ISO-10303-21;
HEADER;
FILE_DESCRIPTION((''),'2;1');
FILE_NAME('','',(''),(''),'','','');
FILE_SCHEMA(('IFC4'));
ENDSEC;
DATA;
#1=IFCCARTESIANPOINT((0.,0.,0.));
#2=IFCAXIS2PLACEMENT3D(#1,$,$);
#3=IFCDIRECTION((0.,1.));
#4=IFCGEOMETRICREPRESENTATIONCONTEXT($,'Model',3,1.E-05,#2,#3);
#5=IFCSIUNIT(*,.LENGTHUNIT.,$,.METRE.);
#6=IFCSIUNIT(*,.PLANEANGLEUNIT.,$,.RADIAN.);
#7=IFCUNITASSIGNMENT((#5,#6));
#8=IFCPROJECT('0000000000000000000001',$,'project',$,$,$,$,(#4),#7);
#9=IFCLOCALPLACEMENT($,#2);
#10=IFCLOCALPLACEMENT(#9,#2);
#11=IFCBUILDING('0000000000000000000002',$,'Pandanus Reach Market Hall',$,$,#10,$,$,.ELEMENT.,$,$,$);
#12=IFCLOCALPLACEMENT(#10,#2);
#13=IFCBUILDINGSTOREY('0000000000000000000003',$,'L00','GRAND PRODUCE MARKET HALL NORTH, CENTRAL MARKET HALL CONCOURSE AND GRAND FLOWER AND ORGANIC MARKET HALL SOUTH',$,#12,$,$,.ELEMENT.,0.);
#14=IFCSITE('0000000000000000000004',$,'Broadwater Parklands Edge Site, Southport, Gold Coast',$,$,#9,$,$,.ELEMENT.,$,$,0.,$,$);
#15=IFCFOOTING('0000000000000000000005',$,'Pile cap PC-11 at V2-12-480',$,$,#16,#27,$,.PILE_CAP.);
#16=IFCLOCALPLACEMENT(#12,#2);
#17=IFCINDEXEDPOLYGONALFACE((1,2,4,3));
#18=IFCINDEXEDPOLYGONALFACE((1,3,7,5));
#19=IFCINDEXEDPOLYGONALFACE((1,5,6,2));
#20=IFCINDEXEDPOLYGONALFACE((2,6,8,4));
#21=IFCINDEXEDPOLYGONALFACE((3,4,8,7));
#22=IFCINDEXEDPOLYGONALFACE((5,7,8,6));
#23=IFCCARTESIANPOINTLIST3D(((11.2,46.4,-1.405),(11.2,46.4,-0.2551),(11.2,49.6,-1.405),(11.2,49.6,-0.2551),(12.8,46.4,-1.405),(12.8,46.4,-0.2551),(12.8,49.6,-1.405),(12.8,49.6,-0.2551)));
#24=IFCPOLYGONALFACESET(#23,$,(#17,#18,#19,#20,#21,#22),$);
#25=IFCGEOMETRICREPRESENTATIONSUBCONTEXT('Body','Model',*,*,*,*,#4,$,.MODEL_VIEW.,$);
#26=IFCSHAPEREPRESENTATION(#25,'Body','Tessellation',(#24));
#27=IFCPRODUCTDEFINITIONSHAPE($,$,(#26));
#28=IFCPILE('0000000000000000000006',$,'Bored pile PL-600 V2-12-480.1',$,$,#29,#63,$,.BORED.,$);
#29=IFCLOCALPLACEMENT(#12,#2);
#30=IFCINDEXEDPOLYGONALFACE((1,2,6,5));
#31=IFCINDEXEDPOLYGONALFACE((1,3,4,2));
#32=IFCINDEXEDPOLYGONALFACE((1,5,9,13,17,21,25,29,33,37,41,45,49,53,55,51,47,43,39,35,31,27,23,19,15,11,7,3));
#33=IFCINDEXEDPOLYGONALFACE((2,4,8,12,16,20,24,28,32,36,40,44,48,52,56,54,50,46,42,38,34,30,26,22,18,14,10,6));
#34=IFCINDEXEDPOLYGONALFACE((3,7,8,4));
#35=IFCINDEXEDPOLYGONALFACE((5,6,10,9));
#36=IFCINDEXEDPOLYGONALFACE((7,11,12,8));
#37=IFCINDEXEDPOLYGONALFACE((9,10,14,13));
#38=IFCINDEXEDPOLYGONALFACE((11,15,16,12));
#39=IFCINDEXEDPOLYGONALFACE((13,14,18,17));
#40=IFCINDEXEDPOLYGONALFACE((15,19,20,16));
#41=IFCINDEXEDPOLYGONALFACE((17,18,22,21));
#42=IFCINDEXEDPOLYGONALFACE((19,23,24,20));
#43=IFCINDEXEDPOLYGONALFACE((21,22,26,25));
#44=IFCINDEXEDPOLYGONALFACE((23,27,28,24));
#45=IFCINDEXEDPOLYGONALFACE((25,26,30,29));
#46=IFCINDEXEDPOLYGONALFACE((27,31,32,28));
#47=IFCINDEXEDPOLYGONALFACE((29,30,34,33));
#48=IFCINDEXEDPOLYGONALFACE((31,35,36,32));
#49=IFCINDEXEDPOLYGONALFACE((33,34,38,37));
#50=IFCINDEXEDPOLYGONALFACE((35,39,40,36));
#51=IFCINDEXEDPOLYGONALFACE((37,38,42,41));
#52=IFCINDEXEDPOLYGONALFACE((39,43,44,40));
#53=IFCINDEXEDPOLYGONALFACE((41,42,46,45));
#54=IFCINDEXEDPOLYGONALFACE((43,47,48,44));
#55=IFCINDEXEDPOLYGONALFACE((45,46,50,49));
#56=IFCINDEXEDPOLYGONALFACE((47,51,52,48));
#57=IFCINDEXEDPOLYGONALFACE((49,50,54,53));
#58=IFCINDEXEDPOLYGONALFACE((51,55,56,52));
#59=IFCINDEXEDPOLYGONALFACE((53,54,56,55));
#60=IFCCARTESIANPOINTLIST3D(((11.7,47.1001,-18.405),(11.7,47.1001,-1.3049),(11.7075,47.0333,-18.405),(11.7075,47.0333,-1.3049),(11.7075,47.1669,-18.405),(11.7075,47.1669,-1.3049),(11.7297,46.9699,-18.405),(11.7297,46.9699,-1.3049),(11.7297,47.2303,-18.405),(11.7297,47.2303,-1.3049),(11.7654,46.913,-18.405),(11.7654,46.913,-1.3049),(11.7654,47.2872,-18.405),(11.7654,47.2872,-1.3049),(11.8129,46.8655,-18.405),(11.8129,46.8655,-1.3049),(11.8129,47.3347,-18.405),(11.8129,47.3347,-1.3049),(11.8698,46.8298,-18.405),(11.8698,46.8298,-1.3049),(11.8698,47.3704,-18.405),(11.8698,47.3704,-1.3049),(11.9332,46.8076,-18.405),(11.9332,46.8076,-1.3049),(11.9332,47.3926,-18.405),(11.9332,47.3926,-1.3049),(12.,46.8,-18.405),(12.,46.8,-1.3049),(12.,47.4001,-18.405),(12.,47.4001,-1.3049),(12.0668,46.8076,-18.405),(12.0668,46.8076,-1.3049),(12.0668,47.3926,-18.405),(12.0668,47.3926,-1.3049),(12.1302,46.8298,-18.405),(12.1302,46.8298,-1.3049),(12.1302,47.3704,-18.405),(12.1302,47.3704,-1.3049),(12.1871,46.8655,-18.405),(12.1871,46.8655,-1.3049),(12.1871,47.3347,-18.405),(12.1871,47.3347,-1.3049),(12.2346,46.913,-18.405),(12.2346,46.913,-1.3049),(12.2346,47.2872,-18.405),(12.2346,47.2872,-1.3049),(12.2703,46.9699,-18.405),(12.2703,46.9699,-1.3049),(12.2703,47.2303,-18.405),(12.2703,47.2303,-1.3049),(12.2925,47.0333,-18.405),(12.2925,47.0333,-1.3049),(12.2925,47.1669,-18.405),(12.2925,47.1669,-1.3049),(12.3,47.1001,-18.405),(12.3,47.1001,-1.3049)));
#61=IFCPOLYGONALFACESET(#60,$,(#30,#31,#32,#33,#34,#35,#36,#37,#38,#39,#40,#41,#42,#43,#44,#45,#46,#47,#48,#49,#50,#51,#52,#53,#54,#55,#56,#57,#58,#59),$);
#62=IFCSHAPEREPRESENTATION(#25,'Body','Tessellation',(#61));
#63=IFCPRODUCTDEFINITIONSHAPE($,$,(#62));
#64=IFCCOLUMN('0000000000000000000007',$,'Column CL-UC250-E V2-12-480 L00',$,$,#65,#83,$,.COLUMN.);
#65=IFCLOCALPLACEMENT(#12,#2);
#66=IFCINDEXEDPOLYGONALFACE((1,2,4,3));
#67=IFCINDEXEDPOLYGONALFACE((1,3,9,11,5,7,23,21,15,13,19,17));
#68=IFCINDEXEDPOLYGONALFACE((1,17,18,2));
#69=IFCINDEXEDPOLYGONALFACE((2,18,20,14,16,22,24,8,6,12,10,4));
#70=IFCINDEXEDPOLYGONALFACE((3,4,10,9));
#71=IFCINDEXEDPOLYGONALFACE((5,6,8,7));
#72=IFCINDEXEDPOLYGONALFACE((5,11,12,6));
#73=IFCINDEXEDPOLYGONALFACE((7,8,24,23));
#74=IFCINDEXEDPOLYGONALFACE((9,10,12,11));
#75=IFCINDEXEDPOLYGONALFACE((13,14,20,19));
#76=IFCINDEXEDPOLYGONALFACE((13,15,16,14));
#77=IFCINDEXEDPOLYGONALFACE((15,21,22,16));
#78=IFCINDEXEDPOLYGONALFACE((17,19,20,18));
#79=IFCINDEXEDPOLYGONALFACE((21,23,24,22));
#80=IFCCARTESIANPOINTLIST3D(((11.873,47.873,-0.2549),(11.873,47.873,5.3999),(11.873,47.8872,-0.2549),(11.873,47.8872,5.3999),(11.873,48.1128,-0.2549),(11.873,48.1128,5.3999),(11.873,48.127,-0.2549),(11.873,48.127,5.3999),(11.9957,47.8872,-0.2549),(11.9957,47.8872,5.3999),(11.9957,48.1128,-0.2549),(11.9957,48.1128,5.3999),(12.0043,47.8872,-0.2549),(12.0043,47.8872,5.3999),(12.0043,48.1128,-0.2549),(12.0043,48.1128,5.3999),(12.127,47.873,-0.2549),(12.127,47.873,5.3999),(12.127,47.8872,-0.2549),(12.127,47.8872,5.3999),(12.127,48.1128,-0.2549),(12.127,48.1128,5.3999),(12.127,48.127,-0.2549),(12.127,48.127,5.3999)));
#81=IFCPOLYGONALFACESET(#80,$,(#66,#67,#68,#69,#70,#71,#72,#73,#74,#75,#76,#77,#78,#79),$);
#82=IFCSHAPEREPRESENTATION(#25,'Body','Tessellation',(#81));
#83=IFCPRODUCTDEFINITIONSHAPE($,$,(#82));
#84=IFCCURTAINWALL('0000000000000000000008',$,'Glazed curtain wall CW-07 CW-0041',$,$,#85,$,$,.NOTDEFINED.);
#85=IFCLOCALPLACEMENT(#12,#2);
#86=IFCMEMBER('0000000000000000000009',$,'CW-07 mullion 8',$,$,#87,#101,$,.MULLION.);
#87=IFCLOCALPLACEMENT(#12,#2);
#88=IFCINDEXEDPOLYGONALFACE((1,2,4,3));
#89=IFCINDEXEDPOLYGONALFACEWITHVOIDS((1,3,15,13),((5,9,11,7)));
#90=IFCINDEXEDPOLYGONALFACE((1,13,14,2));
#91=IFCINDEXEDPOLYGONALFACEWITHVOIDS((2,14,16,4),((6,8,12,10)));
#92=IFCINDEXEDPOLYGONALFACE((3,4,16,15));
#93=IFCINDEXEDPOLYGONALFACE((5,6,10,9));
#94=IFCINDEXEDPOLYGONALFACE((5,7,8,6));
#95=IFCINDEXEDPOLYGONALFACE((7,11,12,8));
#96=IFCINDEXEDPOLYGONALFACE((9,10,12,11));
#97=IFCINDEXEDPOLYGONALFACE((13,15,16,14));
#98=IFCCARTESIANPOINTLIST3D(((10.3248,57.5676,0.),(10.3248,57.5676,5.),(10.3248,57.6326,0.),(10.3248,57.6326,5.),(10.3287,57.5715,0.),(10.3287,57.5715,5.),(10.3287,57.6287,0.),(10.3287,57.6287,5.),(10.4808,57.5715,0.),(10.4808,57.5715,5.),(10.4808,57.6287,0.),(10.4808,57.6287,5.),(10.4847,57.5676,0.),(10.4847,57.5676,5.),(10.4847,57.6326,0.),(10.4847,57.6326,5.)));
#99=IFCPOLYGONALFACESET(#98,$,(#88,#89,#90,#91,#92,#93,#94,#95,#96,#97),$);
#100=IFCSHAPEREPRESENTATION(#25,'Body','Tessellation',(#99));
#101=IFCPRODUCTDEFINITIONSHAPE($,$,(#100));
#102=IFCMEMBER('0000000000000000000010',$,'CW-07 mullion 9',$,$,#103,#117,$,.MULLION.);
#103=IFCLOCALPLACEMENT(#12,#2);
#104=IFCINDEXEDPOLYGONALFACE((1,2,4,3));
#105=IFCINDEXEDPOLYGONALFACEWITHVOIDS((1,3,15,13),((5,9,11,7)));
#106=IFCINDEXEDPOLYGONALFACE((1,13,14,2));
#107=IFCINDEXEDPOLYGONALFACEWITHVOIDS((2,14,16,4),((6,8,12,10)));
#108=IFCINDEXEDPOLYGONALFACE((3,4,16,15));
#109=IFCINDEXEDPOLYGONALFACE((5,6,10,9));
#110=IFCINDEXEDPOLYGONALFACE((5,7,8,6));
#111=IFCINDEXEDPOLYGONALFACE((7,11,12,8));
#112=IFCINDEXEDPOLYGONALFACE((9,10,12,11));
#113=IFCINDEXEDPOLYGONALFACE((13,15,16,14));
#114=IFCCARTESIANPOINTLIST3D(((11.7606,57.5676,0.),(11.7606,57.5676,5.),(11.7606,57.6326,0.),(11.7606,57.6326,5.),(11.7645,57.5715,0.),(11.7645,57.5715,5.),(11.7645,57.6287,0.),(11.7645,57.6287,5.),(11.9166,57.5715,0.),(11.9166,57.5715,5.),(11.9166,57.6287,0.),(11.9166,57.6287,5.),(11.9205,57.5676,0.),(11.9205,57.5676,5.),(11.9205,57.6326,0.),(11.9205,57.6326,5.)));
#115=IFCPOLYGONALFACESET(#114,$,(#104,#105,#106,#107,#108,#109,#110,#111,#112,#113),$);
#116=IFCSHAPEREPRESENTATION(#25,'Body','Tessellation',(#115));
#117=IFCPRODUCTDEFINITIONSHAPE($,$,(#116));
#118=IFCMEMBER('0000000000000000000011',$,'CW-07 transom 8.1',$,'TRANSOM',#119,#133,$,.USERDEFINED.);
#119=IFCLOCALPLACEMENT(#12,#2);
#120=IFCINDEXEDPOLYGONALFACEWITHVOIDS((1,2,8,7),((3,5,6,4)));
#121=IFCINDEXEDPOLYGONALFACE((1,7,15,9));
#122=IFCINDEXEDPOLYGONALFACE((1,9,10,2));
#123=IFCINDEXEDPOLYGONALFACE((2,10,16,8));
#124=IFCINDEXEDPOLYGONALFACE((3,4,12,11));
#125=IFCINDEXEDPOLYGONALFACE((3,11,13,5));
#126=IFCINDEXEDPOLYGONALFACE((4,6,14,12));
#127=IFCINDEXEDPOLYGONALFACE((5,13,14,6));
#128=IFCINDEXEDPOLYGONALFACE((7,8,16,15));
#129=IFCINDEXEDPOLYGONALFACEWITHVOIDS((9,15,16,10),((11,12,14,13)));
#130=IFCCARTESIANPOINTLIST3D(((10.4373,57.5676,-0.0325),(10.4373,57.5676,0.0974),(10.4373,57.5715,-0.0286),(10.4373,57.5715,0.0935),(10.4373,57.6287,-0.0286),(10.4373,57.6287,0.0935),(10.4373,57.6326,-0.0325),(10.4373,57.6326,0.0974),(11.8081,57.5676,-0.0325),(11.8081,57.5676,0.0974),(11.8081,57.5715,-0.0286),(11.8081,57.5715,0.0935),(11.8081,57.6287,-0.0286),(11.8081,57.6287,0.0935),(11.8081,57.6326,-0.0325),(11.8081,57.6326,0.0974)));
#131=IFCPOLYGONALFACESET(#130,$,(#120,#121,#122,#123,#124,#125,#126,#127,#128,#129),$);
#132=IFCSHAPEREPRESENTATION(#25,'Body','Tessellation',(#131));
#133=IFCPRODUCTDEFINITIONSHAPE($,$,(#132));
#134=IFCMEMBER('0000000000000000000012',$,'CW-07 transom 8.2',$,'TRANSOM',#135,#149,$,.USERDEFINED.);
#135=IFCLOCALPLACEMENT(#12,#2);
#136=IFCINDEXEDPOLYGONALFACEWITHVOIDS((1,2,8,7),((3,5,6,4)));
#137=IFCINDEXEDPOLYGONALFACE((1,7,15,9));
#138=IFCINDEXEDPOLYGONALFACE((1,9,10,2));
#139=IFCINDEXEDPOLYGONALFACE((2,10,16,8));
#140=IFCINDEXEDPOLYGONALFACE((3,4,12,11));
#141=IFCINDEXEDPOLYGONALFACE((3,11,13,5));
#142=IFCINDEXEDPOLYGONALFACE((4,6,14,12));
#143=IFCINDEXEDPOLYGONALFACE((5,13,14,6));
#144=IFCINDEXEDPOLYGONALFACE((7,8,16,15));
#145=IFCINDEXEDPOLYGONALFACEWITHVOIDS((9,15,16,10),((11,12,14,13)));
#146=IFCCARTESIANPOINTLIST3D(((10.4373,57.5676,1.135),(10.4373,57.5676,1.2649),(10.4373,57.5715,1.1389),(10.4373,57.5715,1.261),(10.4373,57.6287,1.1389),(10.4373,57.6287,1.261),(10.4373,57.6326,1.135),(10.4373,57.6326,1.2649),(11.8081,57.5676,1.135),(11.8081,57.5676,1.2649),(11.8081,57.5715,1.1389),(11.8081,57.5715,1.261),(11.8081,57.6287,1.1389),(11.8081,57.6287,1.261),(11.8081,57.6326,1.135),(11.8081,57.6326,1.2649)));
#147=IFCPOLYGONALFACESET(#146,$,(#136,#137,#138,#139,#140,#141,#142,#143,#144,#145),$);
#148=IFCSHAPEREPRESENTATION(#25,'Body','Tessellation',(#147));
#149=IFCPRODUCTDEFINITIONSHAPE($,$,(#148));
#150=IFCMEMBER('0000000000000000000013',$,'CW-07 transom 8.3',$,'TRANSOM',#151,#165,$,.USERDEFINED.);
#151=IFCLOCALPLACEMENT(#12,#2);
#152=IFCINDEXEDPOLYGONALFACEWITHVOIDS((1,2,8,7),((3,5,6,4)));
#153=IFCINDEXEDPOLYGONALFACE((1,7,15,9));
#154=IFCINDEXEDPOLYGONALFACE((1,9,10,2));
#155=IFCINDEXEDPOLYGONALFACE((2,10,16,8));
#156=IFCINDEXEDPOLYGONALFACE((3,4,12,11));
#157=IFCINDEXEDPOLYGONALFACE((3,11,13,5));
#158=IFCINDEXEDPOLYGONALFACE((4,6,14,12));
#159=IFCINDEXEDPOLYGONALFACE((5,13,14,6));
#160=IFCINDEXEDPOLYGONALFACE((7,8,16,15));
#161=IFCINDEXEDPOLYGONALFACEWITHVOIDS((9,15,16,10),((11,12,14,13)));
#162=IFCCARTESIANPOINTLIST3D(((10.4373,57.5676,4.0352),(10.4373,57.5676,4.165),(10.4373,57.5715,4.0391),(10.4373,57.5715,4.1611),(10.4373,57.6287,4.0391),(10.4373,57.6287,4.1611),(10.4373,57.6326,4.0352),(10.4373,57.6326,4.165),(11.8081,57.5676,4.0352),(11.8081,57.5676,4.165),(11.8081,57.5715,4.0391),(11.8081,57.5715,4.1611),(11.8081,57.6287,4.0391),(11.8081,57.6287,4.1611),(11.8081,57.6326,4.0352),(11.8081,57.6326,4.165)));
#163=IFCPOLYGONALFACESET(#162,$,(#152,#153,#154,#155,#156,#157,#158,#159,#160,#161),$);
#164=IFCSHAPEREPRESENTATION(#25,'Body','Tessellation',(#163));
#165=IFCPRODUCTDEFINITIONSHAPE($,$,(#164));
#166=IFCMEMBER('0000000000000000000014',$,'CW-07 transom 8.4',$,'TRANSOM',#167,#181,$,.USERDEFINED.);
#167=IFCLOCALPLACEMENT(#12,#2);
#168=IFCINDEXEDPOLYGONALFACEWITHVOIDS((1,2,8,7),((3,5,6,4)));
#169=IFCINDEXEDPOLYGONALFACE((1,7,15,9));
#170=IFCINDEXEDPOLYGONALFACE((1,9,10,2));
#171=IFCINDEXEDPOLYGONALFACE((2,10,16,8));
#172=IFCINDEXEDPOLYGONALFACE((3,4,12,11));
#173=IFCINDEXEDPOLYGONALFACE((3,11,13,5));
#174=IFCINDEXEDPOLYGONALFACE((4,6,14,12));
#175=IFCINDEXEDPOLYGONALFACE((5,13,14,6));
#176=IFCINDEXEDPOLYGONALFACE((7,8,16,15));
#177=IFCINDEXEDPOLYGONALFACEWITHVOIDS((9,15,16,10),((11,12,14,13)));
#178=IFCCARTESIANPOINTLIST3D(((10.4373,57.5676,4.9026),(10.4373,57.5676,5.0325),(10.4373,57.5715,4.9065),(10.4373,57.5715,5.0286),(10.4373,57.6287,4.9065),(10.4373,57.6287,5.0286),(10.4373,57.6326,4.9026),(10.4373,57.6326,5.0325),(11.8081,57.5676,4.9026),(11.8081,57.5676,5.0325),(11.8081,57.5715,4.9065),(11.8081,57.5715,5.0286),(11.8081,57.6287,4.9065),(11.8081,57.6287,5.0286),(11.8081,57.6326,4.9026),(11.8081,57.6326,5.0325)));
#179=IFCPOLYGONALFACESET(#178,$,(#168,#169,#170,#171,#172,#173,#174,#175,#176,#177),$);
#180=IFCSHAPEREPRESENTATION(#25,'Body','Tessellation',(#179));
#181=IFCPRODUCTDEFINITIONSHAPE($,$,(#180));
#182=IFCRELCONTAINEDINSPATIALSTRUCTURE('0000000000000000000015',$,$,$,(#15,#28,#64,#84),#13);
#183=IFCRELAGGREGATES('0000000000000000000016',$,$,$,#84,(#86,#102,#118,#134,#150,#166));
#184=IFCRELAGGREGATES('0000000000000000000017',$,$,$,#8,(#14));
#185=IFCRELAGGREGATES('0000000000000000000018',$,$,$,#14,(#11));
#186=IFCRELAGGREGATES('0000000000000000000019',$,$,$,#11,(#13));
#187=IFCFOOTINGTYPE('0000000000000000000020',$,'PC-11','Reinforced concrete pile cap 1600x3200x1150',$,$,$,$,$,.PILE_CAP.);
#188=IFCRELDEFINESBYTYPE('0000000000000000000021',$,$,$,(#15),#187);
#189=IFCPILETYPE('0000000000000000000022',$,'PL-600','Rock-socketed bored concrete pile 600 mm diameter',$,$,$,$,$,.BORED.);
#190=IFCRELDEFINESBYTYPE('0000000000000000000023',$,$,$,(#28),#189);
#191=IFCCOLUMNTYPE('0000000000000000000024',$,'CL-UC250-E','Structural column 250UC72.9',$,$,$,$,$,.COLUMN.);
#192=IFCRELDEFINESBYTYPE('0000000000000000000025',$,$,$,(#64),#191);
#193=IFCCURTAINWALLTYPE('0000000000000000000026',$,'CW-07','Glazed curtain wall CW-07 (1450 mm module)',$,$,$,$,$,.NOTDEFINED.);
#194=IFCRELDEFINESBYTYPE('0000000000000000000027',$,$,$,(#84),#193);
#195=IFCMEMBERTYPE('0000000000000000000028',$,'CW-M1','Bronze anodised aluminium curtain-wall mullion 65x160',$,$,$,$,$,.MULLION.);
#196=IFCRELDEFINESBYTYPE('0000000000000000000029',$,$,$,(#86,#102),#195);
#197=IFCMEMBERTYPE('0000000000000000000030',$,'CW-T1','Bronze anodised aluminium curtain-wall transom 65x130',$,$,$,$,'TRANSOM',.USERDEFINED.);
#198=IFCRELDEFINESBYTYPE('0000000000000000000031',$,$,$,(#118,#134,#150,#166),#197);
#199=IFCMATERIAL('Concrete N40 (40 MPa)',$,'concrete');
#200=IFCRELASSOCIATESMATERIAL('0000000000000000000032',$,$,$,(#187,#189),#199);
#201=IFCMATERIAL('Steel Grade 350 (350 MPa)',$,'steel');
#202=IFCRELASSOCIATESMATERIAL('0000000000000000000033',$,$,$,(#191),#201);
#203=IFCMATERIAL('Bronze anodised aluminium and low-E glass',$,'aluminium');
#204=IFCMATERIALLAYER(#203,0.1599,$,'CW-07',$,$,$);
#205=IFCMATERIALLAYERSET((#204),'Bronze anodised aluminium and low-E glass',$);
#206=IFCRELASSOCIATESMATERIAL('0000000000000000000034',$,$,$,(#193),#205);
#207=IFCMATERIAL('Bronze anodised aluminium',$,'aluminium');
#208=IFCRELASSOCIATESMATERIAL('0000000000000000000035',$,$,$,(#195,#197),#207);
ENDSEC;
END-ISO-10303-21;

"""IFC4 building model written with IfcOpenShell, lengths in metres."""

from ifc_helpers import new_model, si_unit, direction, frame, origin, origin_2d, place, context, subcontext, project, spatial, rectangle, hollow_rectangle, circle, i_section, extrude, material, layer, layer_set, material_profile, profile_set, type_object, element, aggregate, save


model = new_model("IFC4")

# Units and contexts
model_context = context("Model", 3, precision=1e-05, world=origin(), true_north=direction((0.0, 1.0)))
body_context = subcontext(model_context, "Body", "Model", "MODEL_VIEW")
ifc_project = project(units=[si_unit("LENGTHUNIT", "METRE"), si_unit("PLANEANGLEUNIT", "RADIAN")], contexts=[model_context])

# Site, building, storey
site_placement = place(None, origin())
site = spatial("IfcSite", under=ifc_project, at=site_placement, Name="Broadwater Parklands Edge Site, Southport, Gold Coast", CompositionType="ELEMENT", RefElevation=0.0)
building_placement = place(site_placement, origin())
building = spatial("IfcBuilding", under=site, at=building_placement, Name="Pandanus Reach Market Hall", CompositionType="ELEMENT")
storey_placement = place(building_placement, origin())
storey = spatial("IfcBuildingStorey", under=building, at=storey_placement, Name="L00", Description="GRAND PRODUCE MARKET HALL NORTH, CENTRAL MARKET HALL CONCOURSE AND GRAND FLOWER AND ORGANIC MARKET HALL SOUTH", CompositionType="ELEMENT", Elevation=0.0)

# Footing
ifc_material_1 = material(Name="Concrete N40 (40 MPa)", Category="concrete")
footing_type = type_object("IfcFootingType", Name="PC-11", Description="Reinforced concrete pile cap 1600x3200x1150", PredefinedType="PILE_CAP", material=ifc_material_1)
footing_placement = place(storey_placement, frame((12.0, 48.0, -1.405), z_axis=(0.0, 0.0, 1.0), x_axis=(1.0, 0.0, 0.0)))
element("IfcFooting", 1, at=footing_placement, inside=storey, type_object=footing_type, Name="Pile cap PC-11 at V2-12-480", PredefinedType="PILE_CAP", context=body_context, shape_type="SweptSolid", body=[
    extrude(rectangle(XDim=1.6001, YDim=3.2, at=origin_2d()), origin(), (0.0, 0.0, 1.0), 1.1499),
])

# Pile
ifc_material_profile_1 = material_profile(ifc_material_1, circle(Radius=0.3, at=origin_2d()), Name="PILE-600D", Category="LoadBearing")
ifc_profile_set_1 = profile_set([ifc_material_profile_1], Name="Concrete N40 (40 MPa)")
pile_type = type_object("IfcPileType", Name="PL-600", Description="Rock-socketed bored concrete pile 600 mm diameter", PredefinedType="BORED", material=ifc_profile_set_1)
pile_placement = place(storey_placement, frame((12.0, 47.1001, -1.3049), z_axis=(0.0, 0.0, -1.0), x_axis=(1.0, 0.0, 0.0)))
element("IfcPile", 2, at=pile_placement, inside=storey, type_object=pile_type, Name="Bored pile PL-600 V2-12-480.1", PredefinedType="BORED", context=body_context, shape_type="SweptSolid", body=[
    extrude(circle(Radius=0.3, at=origin_2d()), origin(), (0.0, 0.0, 1.0), 17.1001),
])

# Column
ifc_material_2 = material(Name="Steel Grade 350 (350 MPa)", Category="steel")
ifc_material_profile_2 = material_profile(ifc_material_2, i_section(OverallWidth=0.2539, OverallDepth=0.2539, WebThickness=0.0085, FlangeThickness=0.0142, at=origin_2d()), Name="250UC72.9", Category="LoadBearing")
ifc_profile_set_2 = profile_set([ifc_material_profile_2], Name="Steel Grade 350 (350 MPa)")
column_type = type_object("IfcColumnType", Name="CL-UC250-E", Description="Structural column 250UC72.9", PredefinedType="COLUMN", material=ifc_profile_set_2)
column_placement = place(storey_placement, frame((12.0, 48.0, -0.2549), z_axis=(0.0, 0.0, 1.0), x_axis=(1.0, 0.0, 0.0)))
element("IfcColumn", 3, at=column_placement, inside=storey, type_object=column_type, Name="Column CL-UC250-E V2-12-480 L00", PredefinedType="COLUMN", context=body_context, shape_type="SweptSolid", body=[
    extrude(i_section(OverallWidth=0.2539, OverallDepth=0.2539, WebThickness=0.0085, FlangeThickness=0.0142, at=origin_2d()), origin(), (0.0, 0.0, 1.0), 5.6548),
])

# Curtain wall, members
ifc_material_3 = material(Name="Bronze anodised aluminium and low-E glass", Category="aluminium")
ifc_layer_1 = layer(ifc_material_3, 0.1599, Name="CW-07")
ifc_layer_set_1 = layer_set([ifc_layer_1], Name="Bronze anodised aluminium and low-E glass")
curtain_wall_type = type_object("IfcCurtainWallType", Name="CW-07", Description="Glazed curtain wall CW-07 (1450 mm module)", PredefinedType="NOTDEFINED", material=ifc_layer_set_1)
curtain_wall_placement = place(storey_placement, origin())
curtain_wall = element("IfcCurtainWall", 4, at=curtain_wall_placement, inside=storey, type_object=curtain_wall_type, Name="Glazed curtain wall CW-07 CW-0041", PredefinedType="NOTDEFINED")
ifc_material_4 = material(Name="Bronze anodised aluminium", Category="aluminium")
ifc_material_profile_3 = material_profile(ifc_material_4, hollow_rectangle(XDim=0.0649, YDim=0.1599, WallThickness=0.0039, at=origin_2d()), Name="ALU65x160", Category="LoadBearing")
ifc_profile_set_3 = profile_set([ifc_material_profile_3], Name="Bronze anodised aluminium")
member_type_1 = type_object("IfcMemberType", Name="CW-M1", Description="Bronze anodised aluminium curtain-wall mullion 65x160", PredefinedType="MULLION", material=ifc_profile_set_3)
member_1_placement = place(storey_placement, frame((10.4048, 57.6001, 0.0), z_axis=(0.0, 0.0, 1.0), x_axis=(0.0, 1.0, 0.0)))
member_1 = element("IfcMember", 5, at=member_1_placement, type_object=member_type_1, Name="CW-07 mullion 8", PredefinedType="MULLION", context=body_context, shape_type="SweptSolid", body=[
    extrude(hollow_rectangle(XDim=0.0649, YDim=0.1599, WallThickness=0.0039, at=origin_2d()), origin(), (0.0, 0.0, 1.0), 5.0),
])
member_2_placement = place(storey_placement, frame((11.8406, 57.6001, 0.0), z_axis=(0.0, 0.0, 1.0), x_axis=(0.0, 1.0, 0.0)))
member_2 = element("IfcMember", 6, at=member_2_placement, type_object=member_type_1, Name="CW-07 mullion 9", PredefinedType="MULLION", context=body_context, shape_type="SweptSolid", body=[
    extrude(hollow_rectangle(XDim=0.0649, YDim=0.1599, WallThickness=0.0039, at=origin_2d()), origin(), (0.0, 0.0, 1.0), 5.0),
])
ifc_material_profile_4 = material_profile(ifc_material_4, hollow_rectangle(XDim=0.0649, YDim=0.1299, WallThickness=0.0039, at=origin_2d()), Name="ALU65x130", Category="LoadBearing")
ifc_profile_set_4 = profile_set([ifc_material_profile_4], Name="Bronze anodised aluminium")
member_type_2 = type_object("IfcMemberType", Name="CW-T1", Description="Bronze anodised aluminium curtain-wall transom 65x130", ElementType="TRANSOM", PredefinedType="USERDEFINED", material=ifc_profile_set_4)
member_3_placement = place(storey_placement, frame((10.4373, 57.6001, 0.0325), z_axis=(1.0, 0.0, 0.0), x_axis=(0.0, 1.0, 0.0)))
member_3 = element("IfcMember", 7, at=member_3_placement, type_object=member_type_2, Name="CW-07 transom 8.1", ObjectType="TRANSOM", PredefinedType="USERDEFINED", context=body_context, shape_type="SweptSolid", body=[
    extrude(hollow_rectangle(XDim=0.0649, YDim=0.1299, WallThickness=0.0039, at=origin_2d()), origin(), (0.0, 0.0, 1.0), 1.3708),
])
member_4_placement = place(storey_placement, frame((10.4373, 57.6001, 1.2), z_axis=(1.0, 0.0, 0.0), x_axis=(0.0, 1.0, 0.0)))
member_4 = element("IfcMember", 8, at=member_4_placement, type_object=member_type_2, Name="CW-07 transom 8.2", ObjectType="TRANSOM", PredefinedType="USERDEFINED", context=body_context, shape_type="SweptSolid", body=[
    extrude(hollow_rectangle(XDim=0.0649, YDim=0.1299, WallThickness=0.0039, at=origin_2d()), origin(), (0.0, 0.0, 1.0), 1.3708),
])
member_5_placement = place(storey_placement, frame((10.4373, 57.6001, 4.1001), z_axis=(1.0, 0.0, 0.0), x_axis=(0.0, 1.0, 0.0)))
member_5 = element("IfcMember", 9, at=member_5_placement, type_object=member_type_2, Name="CW-07 transom 8.3", ObjectType="TRANSOM", PredefinedType="USERDEFINED", context=body_context, shape_type="SweptSolid", body=[
    extrude(hollow_rectangle(XDim=0.0649, YDim=0.1299, WallThickness=0.0039, at=origin_2d()), origin(), (0.0, 0.0, 1.0), 1.3708),
])
member_6_placement = place(storey_placement, frame((10.4373, 57.6001, 4.9675), z_axis=(1.0, 0.0, 0.0), x_axis=(0.0, 1.0, 0.0)))
member_6 = element("IfcMember", 10, at=member_6_placement, type_object=member_type_2, Name="CW-07 transom 8.4", ObjectType="TRANSOM", PredefinedType="USERDEFINED", context=body_context, shape_type="SweptSolid", body=[
    extrude(hollow_rectangle(XDim=0.0649, YDim=0.1299, WallThickness=0.0039, at=origin_2d()), origin(), (0.0, 0.0, 1.0), 1.3708),
])

aggregate(curtain_wall, [member_1, member_2, member_3, member_4, member_5, member_6])

save(model, "model.ifc")
